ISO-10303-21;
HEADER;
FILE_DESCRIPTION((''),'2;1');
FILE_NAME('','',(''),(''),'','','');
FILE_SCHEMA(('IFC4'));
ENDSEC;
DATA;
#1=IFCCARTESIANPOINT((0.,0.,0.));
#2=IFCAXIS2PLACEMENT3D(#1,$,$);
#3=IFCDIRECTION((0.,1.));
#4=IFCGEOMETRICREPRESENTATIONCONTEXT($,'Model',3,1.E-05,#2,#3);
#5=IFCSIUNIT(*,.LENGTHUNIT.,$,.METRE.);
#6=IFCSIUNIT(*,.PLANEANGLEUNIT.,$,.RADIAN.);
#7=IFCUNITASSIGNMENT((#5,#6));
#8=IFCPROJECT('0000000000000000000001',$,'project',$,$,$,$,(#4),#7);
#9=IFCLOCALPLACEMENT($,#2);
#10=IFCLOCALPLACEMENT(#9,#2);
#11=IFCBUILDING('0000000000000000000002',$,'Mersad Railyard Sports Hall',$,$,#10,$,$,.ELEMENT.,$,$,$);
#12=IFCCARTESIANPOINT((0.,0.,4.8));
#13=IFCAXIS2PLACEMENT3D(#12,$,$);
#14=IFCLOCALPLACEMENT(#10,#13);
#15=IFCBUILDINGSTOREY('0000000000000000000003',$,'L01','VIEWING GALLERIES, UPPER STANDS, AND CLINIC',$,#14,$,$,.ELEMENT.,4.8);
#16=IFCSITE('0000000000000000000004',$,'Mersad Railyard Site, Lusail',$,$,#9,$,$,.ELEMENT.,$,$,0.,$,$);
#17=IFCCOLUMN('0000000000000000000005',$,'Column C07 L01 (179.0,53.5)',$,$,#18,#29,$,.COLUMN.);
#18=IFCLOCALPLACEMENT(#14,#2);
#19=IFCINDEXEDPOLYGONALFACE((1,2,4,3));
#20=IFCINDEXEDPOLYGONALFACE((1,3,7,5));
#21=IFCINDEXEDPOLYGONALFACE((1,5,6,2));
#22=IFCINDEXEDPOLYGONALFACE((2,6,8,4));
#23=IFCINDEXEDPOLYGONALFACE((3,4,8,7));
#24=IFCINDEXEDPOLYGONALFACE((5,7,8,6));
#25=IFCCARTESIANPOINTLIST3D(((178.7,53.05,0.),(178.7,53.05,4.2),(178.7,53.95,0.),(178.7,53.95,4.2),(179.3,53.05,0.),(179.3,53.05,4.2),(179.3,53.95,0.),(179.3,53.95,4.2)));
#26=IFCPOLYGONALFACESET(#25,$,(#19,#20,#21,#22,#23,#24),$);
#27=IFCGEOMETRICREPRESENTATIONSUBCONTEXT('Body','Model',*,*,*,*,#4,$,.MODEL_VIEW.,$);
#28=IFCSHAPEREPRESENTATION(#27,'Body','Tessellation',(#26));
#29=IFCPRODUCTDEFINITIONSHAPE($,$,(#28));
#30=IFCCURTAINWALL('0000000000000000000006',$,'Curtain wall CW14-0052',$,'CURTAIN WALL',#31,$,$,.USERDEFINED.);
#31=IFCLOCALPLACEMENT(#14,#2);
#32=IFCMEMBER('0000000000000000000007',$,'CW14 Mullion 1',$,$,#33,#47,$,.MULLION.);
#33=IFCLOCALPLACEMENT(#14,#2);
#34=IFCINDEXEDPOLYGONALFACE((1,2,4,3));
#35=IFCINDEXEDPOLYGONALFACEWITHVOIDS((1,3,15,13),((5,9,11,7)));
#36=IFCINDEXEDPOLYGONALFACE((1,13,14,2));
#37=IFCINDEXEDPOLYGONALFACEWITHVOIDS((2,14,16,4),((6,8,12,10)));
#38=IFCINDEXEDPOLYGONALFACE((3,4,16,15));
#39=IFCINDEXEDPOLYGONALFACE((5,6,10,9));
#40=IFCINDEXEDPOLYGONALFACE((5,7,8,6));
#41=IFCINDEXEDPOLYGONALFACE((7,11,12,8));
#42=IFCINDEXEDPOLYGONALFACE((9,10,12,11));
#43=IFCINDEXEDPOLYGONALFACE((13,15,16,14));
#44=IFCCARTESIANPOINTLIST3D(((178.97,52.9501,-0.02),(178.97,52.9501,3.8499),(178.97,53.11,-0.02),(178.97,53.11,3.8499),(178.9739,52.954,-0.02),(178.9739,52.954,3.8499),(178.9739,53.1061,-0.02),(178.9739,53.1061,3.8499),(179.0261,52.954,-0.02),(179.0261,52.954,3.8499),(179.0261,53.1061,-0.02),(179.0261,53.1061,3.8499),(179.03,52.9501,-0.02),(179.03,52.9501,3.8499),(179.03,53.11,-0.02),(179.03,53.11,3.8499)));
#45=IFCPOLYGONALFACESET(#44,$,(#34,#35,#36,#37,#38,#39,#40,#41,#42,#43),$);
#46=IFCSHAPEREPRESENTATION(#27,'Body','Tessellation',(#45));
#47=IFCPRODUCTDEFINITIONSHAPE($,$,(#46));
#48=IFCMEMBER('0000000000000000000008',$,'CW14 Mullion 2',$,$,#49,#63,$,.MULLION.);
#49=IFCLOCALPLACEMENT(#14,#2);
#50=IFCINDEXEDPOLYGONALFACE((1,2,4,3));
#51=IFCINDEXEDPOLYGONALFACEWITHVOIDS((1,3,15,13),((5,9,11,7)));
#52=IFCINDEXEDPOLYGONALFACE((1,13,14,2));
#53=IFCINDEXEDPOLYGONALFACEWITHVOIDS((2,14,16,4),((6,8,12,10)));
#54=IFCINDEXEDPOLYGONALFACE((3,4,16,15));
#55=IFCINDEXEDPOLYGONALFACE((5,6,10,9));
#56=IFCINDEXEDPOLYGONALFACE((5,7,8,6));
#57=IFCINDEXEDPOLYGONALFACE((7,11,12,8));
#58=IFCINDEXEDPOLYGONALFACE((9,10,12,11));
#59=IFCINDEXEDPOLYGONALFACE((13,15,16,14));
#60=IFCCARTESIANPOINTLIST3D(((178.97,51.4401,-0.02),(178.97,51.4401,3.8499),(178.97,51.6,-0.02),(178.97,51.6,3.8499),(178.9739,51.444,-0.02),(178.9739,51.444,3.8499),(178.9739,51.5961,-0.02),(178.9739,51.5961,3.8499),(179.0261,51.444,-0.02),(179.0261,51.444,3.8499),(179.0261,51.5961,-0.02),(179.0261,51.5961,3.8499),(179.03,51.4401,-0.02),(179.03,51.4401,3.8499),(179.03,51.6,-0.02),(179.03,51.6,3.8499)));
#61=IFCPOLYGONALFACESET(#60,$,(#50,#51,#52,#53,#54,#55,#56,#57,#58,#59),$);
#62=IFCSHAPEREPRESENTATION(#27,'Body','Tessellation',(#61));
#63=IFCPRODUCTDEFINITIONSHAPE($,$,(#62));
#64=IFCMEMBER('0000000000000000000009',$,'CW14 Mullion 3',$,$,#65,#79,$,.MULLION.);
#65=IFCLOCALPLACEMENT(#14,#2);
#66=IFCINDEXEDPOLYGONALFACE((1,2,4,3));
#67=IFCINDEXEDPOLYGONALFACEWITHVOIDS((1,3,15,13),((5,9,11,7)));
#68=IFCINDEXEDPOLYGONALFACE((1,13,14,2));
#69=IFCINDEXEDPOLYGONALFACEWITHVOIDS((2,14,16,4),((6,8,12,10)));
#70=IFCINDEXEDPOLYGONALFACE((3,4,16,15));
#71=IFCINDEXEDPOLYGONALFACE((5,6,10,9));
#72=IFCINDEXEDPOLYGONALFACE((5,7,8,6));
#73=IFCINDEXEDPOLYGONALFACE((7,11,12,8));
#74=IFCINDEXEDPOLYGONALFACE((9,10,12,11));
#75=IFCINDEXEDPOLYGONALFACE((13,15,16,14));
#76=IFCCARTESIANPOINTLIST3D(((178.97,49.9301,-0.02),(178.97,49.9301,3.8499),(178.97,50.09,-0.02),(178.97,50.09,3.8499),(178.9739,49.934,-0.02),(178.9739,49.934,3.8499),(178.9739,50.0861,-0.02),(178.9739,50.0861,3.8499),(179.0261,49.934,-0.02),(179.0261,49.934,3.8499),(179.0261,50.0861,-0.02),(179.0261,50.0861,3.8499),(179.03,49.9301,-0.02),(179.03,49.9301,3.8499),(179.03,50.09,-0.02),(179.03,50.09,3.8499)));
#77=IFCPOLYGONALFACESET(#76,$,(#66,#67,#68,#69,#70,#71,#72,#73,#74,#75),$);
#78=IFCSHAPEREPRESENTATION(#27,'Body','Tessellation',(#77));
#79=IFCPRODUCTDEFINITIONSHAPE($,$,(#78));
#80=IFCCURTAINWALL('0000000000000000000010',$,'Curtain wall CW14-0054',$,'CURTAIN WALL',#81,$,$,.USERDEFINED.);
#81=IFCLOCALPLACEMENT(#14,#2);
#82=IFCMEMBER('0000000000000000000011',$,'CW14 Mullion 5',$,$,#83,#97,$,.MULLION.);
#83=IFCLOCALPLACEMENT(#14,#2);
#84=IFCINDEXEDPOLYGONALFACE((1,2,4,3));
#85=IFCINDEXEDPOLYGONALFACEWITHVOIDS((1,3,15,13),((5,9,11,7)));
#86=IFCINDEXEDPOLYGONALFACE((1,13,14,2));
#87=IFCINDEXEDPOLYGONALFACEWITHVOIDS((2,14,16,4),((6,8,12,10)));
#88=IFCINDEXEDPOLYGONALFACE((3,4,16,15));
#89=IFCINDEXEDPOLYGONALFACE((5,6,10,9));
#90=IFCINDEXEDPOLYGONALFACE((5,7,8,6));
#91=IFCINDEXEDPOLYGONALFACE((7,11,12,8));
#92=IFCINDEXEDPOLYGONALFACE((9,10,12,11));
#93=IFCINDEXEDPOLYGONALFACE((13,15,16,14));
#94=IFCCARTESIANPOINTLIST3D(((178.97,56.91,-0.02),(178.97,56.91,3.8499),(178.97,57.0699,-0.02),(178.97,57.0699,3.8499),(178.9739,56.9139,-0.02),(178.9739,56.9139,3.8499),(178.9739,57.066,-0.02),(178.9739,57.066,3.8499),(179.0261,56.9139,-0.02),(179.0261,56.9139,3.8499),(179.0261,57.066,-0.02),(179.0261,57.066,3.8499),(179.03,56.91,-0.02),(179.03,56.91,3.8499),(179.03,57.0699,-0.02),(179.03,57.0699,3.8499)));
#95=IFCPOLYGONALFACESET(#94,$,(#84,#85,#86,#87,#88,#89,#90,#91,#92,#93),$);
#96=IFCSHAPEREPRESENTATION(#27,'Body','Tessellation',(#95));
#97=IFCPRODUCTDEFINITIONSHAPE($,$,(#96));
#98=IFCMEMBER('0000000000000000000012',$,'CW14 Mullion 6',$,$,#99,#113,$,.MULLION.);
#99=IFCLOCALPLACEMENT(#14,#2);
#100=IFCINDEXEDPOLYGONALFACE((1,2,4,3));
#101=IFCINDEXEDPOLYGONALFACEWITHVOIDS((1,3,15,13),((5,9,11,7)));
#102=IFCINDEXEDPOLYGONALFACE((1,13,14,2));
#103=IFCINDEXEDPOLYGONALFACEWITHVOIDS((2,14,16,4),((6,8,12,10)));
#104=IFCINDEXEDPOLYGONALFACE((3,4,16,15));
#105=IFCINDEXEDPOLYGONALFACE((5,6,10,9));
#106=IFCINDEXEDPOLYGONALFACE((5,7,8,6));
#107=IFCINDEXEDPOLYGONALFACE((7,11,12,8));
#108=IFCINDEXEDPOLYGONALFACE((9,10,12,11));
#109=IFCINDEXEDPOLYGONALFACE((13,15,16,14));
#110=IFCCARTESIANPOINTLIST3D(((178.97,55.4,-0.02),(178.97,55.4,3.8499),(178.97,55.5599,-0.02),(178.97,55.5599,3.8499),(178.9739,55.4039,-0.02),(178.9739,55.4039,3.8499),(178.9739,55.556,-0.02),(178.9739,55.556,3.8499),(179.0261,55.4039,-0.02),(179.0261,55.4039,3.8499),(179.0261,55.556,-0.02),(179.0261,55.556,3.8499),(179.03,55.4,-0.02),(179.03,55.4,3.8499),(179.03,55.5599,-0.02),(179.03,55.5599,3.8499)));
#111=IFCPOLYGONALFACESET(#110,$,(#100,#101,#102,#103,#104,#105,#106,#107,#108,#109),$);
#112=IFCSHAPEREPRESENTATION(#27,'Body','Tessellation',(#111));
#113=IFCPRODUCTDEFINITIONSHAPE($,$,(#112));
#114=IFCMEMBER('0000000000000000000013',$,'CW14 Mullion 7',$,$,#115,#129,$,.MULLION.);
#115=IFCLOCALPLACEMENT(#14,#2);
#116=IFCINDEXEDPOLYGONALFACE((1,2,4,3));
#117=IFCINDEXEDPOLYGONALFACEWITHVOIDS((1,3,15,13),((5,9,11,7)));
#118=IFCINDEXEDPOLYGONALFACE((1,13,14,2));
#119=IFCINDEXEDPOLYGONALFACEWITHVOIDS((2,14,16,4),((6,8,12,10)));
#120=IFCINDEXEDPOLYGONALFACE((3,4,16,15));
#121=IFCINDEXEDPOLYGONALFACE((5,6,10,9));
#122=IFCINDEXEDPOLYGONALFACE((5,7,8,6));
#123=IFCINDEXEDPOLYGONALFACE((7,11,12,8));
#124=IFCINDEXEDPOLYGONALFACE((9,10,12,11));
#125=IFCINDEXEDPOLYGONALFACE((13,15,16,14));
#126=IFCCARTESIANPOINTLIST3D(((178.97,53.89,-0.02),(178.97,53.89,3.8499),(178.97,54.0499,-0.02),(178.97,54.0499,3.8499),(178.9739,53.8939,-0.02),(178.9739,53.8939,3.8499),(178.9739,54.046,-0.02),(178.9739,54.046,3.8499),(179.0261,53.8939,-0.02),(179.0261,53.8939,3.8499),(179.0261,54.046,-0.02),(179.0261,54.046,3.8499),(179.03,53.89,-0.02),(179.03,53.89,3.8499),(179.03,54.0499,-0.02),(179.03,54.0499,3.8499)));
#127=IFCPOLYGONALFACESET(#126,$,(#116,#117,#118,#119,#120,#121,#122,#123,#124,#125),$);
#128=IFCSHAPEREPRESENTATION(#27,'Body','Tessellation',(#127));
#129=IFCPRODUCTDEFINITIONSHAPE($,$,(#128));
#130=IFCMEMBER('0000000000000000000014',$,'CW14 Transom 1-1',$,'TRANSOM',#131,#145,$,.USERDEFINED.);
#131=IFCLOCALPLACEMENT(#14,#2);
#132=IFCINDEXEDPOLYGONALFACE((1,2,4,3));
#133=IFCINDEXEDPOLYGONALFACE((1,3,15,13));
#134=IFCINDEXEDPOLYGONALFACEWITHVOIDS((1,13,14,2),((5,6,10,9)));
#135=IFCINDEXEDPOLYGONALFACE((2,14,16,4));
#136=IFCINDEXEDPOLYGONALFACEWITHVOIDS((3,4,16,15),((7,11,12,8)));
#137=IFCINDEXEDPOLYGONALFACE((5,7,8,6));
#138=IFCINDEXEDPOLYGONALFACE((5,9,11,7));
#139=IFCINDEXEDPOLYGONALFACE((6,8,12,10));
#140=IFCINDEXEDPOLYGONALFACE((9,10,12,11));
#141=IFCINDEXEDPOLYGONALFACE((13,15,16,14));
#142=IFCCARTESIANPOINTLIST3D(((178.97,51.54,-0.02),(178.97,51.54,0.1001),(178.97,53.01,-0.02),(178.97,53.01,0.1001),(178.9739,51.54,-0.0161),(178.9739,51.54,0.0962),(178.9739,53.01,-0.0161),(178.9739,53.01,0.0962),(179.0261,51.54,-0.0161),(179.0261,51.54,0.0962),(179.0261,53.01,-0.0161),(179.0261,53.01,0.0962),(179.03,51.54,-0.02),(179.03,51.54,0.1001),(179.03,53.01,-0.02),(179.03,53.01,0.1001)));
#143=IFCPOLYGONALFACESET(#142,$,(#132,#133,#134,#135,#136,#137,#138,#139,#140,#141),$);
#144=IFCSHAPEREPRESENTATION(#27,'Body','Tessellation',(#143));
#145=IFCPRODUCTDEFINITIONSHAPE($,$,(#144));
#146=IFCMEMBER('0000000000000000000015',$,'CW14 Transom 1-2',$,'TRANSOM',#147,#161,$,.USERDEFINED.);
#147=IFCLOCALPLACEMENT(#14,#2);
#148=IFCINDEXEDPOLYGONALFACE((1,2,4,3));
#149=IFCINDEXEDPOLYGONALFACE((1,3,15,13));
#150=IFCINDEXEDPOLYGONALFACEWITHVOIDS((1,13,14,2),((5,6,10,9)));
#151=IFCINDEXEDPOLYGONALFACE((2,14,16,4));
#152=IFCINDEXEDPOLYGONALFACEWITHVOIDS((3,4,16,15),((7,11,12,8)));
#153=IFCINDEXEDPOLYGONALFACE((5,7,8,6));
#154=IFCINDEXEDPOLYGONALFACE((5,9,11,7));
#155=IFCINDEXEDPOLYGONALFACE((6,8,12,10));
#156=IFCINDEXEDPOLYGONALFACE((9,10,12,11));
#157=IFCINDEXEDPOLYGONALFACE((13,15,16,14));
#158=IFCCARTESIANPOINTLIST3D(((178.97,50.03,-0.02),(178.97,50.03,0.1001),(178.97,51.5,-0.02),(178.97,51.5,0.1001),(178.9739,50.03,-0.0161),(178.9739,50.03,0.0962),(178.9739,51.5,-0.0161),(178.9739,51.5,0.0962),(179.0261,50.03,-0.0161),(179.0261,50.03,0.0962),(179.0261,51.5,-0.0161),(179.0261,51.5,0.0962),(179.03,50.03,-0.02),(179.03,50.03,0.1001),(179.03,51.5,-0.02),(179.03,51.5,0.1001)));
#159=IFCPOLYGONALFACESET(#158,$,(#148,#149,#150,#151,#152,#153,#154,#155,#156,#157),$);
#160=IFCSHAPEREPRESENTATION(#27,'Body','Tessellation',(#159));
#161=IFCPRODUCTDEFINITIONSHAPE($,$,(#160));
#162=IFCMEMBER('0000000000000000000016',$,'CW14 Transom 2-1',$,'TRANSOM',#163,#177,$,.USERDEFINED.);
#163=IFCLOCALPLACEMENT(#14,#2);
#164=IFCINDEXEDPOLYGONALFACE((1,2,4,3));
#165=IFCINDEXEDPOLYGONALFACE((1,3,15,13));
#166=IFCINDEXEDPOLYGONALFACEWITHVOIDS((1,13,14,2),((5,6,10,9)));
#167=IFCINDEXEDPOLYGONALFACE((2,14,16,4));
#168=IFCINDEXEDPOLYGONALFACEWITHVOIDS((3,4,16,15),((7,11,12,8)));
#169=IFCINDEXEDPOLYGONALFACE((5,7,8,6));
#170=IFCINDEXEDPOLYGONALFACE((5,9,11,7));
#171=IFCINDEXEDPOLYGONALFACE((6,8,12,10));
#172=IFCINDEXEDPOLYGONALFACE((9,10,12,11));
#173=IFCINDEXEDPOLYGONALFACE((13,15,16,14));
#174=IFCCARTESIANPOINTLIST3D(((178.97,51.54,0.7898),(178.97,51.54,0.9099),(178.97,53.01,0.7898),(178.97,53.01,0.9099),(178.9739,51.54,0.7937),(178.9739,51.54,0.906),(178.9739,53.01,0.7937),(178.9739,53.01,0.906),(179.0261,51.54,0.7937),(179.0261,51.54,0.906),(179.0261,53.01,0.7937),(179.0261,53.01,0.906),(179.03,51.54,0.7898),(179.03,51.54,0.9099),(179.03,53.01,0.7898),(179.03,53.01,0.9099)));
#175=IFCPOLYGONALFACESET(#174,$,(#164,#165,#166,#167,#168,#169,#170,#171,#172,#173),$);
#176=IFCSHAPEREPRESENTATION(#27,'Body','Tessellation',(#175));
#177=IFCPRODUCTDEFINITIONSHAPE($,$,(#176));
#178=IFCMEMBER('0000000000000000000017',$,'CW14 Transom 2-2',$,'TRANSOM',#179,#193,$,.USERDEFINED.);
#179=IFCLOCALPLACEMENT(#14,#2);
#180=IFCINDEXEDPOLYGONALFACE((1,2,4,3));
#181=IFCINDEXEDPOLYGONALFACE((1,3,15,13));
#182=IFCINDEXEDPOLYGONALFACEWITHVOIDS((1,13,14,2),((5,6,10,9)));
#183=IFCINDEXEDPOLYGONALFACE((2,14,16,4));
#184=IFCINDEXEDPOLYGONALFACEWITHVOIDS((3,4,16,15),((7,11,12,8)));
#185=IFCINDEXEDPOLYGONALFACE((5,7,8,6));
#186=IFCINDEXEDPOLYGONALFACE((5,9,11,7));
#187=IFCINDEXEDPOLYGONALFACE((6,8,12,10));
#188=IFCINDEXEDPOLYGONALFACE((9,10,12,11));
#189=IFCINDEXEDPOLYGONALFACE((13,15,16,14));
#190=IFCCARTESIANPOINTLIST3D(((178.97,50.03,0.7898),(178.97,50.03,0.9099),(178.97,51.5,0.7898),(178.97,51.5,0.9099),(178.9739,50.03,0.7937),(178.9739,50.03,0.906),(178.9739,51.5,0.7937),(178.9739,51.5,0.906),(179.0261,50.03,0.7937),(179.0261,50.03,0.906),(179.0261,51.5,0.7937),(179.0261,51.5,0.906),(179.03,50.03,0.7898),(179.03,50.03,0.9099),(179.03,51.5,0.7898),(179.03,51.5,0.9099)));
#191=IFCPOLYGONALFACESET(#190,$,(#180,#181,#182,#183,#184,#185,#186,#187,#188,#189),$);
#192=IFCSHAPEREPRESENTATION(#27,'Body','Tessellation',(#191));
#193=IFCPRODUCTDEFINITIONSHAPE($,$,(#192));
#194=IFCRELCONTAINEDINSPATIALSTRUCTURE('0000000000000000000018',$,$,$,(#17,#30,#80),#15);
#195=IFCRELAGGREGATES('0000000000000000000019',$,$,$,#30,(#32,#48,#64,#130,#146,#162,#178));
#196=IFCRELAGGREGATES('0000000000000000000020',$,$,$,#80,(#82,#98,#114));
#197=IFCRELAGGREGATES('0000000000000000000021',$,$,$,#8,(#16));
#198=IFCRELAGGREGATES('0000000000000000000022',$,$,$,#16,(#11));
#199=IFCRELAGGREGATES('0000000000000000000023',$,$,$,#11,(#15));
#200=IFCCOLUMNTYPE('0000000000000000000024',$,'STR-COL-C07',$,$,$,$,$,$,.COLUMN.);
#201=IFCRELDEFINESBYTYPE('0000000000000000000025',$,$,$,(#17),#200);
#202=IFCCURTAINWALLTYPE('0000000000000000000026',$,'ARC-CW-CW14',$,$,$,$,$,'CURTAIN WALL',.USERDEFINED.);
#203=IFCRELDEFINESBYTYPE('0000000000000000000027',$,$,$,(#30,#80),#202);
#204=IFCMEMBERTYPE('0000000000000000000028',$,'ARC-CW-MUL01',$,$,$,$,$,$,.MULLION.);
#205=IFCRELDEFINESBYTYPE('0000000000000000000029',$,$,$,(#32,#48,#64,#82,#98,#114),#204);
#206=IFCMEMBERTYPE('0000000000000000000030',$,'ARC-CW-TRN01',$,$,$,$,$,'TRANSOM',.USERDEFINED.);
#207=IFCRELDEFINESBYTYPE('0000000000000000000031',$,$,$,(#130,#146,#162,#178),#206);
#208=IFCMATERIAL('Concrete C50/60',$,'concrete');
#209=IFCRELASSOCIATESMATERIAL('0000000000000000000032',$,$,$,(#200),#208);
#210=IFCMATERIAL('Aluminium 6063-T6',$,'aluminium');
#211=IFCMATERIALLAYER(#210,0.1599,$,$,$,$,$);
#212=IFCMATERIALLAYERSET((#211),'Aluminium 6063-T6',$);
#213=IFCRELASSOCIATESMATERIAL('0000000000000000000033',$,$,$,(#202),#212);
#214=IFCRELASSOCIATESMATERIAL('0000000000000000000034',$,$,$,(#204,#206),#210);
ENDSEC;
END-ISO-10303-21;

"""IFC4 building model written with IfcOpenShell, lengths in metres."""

from ifc_helpers import new_model, si_unit, direction, frame, origin, origin_2d, place, context, subcontext, project, spatial, rectangle, hollow_rectangle, extrude, material, layer, layer_set, material_profile, profile_set, type_object, element, aggregate, save


model = new_model("IFC4")

# Units and contexts
model_context = context("Model", 3, precision=1e-05, world=origin(), true_north=direction((0.0, 1.0)))
body_context = subcontext(model_context, "Body", "Model", "MODEL_VIEW")
ifc_project = project(units=[si_unit("LENGTHUNIT", "METRE"), si_unit("PLANEANGLEUNIT", "RADIAN")], contexts=[model_context])

# Site, building, storey
site_placement = place(None, origin())
site = spatial("IfcSite", under=ifc_project, at=site_placement, Name="Mersad Railyard Site, Lusail", CompositionType="ELEMENT", RefElevation=0.0)
building_placement = place(site_placement, origin())
building = spatial("IfcBuilding", under=site, at=building_placement, Name="Mersad Railyard Sports Hall", CompositionType="ELEMENT")
storey_placement = place(building_placement, frame((0.0, 0.0, 4.8)))
storey = spatial("IfcBuildingStorey", under=building, at=storey_placement, Name="L01", Description="VIEWING GALLERIES, UPPER STANDS, AND CLINIC", CompositionType="ELEMENT", Elevation=4.8)

# Column
ifc_material_1 = material(Name="Concrete C50/60", Category="concrete")
ifc_material_profile_1 = material_profile(ifc_material_1, rectangle(XDim=0.6001, YDim=0.8999, at=origin_2d()), Name="RC 600x900")
ifc_profile_set_1 = profile_set([ifc_material_profile_1], Name="Concrete C50/60")
column_type = type_object("IfcColumnType", Name="STR-COL-C07", PredefinedType="COLUMN", material=ifc_profile_set_1)
column_placement = place(storey_placement, frame((179.0, 53.5, 0.0), z_axis=(0.0, 0.0, 1.0), x_axis=(1.0, 0.0, 0.0)))
element("IfcColumn", 1, at=column_placement, inside=storey, type_object=column_type, Name="Column C07 L01 (179.0,53.5)", PredefinedType="COLUMN", context=body_context, shape_type="SweptSolid", body=[
    extrude(rectangle(XDim=0.6001, YDim=0.8999, at=origin_2d()), origin(), (0.0, 0.0, 1.0), 4.2),
])

# Curtain walls, members
ifc_material_2 = material(Name="Aluminium 6063-T6", Category="aluminium")
ifc_layer_1 = layer(ifc_material_2, 0.1599)
ifc_layer_set_1 = layer_set([ifc_layer_1], Name="Aluminium 6063-T6")
curtain_wall_type = type_object("IfcCurtainWallType", Name="ARC-CW-CW14", ElementType="CURTAIN WALL", PredefinedType="USERDEFINED", material=ifc_layer_set_1)
curtain_wall_1_placement = place(storey_placement, origin())
curtain_wall_1 = element("IfcCurtainWall", 2, at=curtain_wall_1_placement, inside=storey, type_object=curtain_wall_type, Name="Curtain wall CW14-0052", ObjectType="CURTAIN WALL", PredefinedType="USERDEFINED")
ifc_material_profile_2 = material_profile(ifc_material_2, hollow_rectangle(XDim=0.0601, YDim=0.1599, WallThickness=0.0039, at=origin_2d()), Name="AL MULLION 60x160x4")
ifc_profile_set_2 = profile_set([ifc_material_profile_2], Name="Aluminium 6063-T6")
member_type_1 = type_object("IfcMemberType", Name="ARC-CW-MUL01", PredefinedType="MULLION", material=ifc_profile_set_2)
member_1_placement = place(storey_placement, frame((179.0, 53.03, -0.02), z_axis=(0.0, 0.0, 1.0), x_axis=(1.0, 0.0, 0.0)))
member_1 = element("IfcMember", 3, at=member_1_placement, type_object=member_type_1, Name="CW14 Mullion 1", PredefinedType="MULLION", context=body_context, shape_type="SweptSolid", body=[
    extrude(hollow_rectangle(XDim=0.0601, YDim=0.1599, WallThickness=0.0039, at=origin_2d()), origin(), (0.0, 0.0, 1.0), 3.8699),
])
member_2_placement = place(storey_placement, frame((179.0, 51.52, -0.02), z_axis=(0.0, 0.0, 1.0), x_axis=(1.0, 0.0, 0.0)))
member_2 = element("IfcMember", 4, at=member_2_placement, type_object=member_type_1, Name="CW14 Mullion 2", PredefinedType="MULLION", context=body_context, shape_type="SweptSolid", body=[
    extrude(hollow_rectangle(XDim=0.0601, YDim=0.1599, WallThickness=0.0039, at=origin_2d()), origin(), (0.0, 0.0, 1.0), 3.8699),
])
member_3_placement = place(storey_placement, frame((179.0, 50.01, -0.02), z_axis=(0.0, 0.0, 1.0), x_axis=(1.0, 0.0, 0.0)))
member_3 = element("IfcMember", 5, at=member_3_placement, type_object=member_type_1, Name="CW14 Mullion 3", PredefinedType="MULLION", context=body_context, shape_type="SweptSolid", body=[
    extrude(hollow_rectangle(XDim=0.0601, YDim=0.1599, WallThickness=0.0039, at=origin_2d()), origin(), (0.0, 0.0, 1.0), 3.8699),
])
curtain_wall_2_placement = place(storey_placement, origin())
curtain_wall_2 = element("IfcCurtainWall", 6, at=curtain_wall_2_placement, inside=storey, type_object=curtain_wall_type, Name="Curtain wall CW14-0054", ObjectType="CURTAIN WALL", PredefinedType="USERDEFINED")
member_4_placement = place(storey_placement, frame((179.0, 56.99, -0.02), z_axis=(0.0, 0.0, 1.0), x_axis=(1.0, 0.0, 0.0)))
member_4 = element("IfcMember", 7, at=member_4_placement, type_object=member_type_1, Name="CW14 Mullion 5", PredefinedType="MULLION", context=body_context, shape_type="SweptSolid", body=[
    extrude(hollow_rectangle(XDim=0.0601, YDim=0.1599, WallThickness=0.0039, at=origin_2d()), origin(), (0.0, 0.0, 1.0), 3.8699),
])
member_5_placement = place(storey_placement, frame((179.0, 55.48, -0.02), z_axis=(0.0, 0.0, 1.0), x_axis=(1.0, 0.0, 0.0)))
member_5 = element("IfcMember", 8, at=member_5_placement, type_object=member_type_1, Name="CW14 Mullion 6", PredefinedType="MULLION", context=body_context, shape_type="SweptSolid", body=[
    extrude(hollow_rectangle(XDim=0.0601, YDim=0.1599, WallThickness=0.0039, at=origin_2d()), origin(), (0.0, 0.0, 1.0), 3.8699),
])
member_6_placement = place(storey_placement, frame((179.0, 53.97, -0.02), z_axis=(0.0, 0.0, 1.0), x_axis=(1.0, 0.0, 0.0)))
member_6 = element("IfcMember", 9, at=member_6_placement, type_object=member_type_1, Name="CW14 Mullion 7", PredefinedType="MULLION", context=body_context, shape_type="SweptSolid", body=[
    extrude(hollow_rectangle(XDim=0.0601, YDim=0.1599, WallThickness=0.0039, at=origin_2d()), origin(), (0.0, 0.0, 1.0), 3.8699),
])

# Members
ifc_material_profile_3 = material_profile(ifc_material_2, hollow_rectangle(XDim=0.0601, YDim=0.1201, WallThickness=0.0039, at=origin_2d()), Name="AL TRANSOM 60x120x4")
ifc_profile_set_3 = profile_set([ifc_material_profile_3], Name="Aluminium 6063-T6")
member_type_2 = type_object("IfcMemberType", Name="ARC-CW-TRN01", ElementType="TRANSOM", PredefinedType="USERDEFINED", material=ifc_profile_set_3)
member_7_placement = place(storey_placement, frame((179.0, 53.01, 0.04), z_axis=(0.0, -1.0, 0.0), x_axis=(1.0, 0.0, 0.0)))
member_7 = element("IfcMember", 10, at=member_7_placement, type_object=member_type_2, Name="CW14 Transom 1-1", ObjectType="TRANSOM", PredefinedType="USERDEFINED", context=body_context, shape_type="SweptSolid", body=[
    extrude(hollow_rectangle(XDim=0.0601, YDim=0.1201, WallThickness=0.0039, at=origin_2d()), origin(), (0.0, 0.0, 1.0), 1.47),
])
member_8_placement = place(storey_placement, frame((179.0, 51.5, 0.04), z_axis=(0.0, -1.0, 0.0), x_axis=(1.0, 0.0, 0.0)))
member_8 = element("IfcMember", 11, at=member_8_placement, type_object=member_type_2, Name="CW14 Transom 1-2", ObjectType="TRANSOM", PredefinedType="USERDEFINED", context=body_context, shape_type="SweptSolid", body=[
    extrude(hollow_rectangle(XDim=0.0601, YDim=0.1201, WallThickness=0.0039, at=origin_2d()), origin(), (0.0, 0.0, 1.0), 1.47),
])
member_9_placement = place(storey_placement, frame((179.0, 53.01, 0.8499), z_axis=(0.0, -1.0, 0.0), x_axis=(1.0, 0.0, 0.0)))
member_9 = element("IfcMember", 12, at=member_9_placement, type_object=member_type_2, Name="CW14 Transom 2-1", ObjectType="TRANSOM", PredefinedType="USERDEFINED", context=body_context, shape_type="SweptSolid", body=[
    extrude(hollow_rectangle(XDim=0.0601, YDim=0.1201, WallThickness=0.0039, at=origin_2d()), origin(), (0.0, 0.0, 1.0), 1.47),
])
member_10_placement = place(storey_placement, frame((179.0, 51.5, 0.8499), z_axis=(0.0, -1.0, 0.0), x_axis=(1.0, 0.0, 0.0)))
member_10 = element("IfcMember", 13, at=member_10_placement, type_object=member_type_2, Name="CW14 Transom 2-2", ObjectType="TRANSOM", PredefinedType="USERDEFINED", context=body_context, shape_type="SweptSolid", body=[
    extrude(hollow_rectangle(XDim=0.0601, YDim=0.1201, WallThickness=0.0039, at=origin_2d()), origin(), (0.0, 0.0, 1.0), 1.47),
])

aggregate(curtain_wall_1, [member_1, member_2, member_3, member_7, member_8, member_9, member_10])
aggregate(curtain_wall_2, [member_4, member_5, member_6])

save(model, "model.ifc")
